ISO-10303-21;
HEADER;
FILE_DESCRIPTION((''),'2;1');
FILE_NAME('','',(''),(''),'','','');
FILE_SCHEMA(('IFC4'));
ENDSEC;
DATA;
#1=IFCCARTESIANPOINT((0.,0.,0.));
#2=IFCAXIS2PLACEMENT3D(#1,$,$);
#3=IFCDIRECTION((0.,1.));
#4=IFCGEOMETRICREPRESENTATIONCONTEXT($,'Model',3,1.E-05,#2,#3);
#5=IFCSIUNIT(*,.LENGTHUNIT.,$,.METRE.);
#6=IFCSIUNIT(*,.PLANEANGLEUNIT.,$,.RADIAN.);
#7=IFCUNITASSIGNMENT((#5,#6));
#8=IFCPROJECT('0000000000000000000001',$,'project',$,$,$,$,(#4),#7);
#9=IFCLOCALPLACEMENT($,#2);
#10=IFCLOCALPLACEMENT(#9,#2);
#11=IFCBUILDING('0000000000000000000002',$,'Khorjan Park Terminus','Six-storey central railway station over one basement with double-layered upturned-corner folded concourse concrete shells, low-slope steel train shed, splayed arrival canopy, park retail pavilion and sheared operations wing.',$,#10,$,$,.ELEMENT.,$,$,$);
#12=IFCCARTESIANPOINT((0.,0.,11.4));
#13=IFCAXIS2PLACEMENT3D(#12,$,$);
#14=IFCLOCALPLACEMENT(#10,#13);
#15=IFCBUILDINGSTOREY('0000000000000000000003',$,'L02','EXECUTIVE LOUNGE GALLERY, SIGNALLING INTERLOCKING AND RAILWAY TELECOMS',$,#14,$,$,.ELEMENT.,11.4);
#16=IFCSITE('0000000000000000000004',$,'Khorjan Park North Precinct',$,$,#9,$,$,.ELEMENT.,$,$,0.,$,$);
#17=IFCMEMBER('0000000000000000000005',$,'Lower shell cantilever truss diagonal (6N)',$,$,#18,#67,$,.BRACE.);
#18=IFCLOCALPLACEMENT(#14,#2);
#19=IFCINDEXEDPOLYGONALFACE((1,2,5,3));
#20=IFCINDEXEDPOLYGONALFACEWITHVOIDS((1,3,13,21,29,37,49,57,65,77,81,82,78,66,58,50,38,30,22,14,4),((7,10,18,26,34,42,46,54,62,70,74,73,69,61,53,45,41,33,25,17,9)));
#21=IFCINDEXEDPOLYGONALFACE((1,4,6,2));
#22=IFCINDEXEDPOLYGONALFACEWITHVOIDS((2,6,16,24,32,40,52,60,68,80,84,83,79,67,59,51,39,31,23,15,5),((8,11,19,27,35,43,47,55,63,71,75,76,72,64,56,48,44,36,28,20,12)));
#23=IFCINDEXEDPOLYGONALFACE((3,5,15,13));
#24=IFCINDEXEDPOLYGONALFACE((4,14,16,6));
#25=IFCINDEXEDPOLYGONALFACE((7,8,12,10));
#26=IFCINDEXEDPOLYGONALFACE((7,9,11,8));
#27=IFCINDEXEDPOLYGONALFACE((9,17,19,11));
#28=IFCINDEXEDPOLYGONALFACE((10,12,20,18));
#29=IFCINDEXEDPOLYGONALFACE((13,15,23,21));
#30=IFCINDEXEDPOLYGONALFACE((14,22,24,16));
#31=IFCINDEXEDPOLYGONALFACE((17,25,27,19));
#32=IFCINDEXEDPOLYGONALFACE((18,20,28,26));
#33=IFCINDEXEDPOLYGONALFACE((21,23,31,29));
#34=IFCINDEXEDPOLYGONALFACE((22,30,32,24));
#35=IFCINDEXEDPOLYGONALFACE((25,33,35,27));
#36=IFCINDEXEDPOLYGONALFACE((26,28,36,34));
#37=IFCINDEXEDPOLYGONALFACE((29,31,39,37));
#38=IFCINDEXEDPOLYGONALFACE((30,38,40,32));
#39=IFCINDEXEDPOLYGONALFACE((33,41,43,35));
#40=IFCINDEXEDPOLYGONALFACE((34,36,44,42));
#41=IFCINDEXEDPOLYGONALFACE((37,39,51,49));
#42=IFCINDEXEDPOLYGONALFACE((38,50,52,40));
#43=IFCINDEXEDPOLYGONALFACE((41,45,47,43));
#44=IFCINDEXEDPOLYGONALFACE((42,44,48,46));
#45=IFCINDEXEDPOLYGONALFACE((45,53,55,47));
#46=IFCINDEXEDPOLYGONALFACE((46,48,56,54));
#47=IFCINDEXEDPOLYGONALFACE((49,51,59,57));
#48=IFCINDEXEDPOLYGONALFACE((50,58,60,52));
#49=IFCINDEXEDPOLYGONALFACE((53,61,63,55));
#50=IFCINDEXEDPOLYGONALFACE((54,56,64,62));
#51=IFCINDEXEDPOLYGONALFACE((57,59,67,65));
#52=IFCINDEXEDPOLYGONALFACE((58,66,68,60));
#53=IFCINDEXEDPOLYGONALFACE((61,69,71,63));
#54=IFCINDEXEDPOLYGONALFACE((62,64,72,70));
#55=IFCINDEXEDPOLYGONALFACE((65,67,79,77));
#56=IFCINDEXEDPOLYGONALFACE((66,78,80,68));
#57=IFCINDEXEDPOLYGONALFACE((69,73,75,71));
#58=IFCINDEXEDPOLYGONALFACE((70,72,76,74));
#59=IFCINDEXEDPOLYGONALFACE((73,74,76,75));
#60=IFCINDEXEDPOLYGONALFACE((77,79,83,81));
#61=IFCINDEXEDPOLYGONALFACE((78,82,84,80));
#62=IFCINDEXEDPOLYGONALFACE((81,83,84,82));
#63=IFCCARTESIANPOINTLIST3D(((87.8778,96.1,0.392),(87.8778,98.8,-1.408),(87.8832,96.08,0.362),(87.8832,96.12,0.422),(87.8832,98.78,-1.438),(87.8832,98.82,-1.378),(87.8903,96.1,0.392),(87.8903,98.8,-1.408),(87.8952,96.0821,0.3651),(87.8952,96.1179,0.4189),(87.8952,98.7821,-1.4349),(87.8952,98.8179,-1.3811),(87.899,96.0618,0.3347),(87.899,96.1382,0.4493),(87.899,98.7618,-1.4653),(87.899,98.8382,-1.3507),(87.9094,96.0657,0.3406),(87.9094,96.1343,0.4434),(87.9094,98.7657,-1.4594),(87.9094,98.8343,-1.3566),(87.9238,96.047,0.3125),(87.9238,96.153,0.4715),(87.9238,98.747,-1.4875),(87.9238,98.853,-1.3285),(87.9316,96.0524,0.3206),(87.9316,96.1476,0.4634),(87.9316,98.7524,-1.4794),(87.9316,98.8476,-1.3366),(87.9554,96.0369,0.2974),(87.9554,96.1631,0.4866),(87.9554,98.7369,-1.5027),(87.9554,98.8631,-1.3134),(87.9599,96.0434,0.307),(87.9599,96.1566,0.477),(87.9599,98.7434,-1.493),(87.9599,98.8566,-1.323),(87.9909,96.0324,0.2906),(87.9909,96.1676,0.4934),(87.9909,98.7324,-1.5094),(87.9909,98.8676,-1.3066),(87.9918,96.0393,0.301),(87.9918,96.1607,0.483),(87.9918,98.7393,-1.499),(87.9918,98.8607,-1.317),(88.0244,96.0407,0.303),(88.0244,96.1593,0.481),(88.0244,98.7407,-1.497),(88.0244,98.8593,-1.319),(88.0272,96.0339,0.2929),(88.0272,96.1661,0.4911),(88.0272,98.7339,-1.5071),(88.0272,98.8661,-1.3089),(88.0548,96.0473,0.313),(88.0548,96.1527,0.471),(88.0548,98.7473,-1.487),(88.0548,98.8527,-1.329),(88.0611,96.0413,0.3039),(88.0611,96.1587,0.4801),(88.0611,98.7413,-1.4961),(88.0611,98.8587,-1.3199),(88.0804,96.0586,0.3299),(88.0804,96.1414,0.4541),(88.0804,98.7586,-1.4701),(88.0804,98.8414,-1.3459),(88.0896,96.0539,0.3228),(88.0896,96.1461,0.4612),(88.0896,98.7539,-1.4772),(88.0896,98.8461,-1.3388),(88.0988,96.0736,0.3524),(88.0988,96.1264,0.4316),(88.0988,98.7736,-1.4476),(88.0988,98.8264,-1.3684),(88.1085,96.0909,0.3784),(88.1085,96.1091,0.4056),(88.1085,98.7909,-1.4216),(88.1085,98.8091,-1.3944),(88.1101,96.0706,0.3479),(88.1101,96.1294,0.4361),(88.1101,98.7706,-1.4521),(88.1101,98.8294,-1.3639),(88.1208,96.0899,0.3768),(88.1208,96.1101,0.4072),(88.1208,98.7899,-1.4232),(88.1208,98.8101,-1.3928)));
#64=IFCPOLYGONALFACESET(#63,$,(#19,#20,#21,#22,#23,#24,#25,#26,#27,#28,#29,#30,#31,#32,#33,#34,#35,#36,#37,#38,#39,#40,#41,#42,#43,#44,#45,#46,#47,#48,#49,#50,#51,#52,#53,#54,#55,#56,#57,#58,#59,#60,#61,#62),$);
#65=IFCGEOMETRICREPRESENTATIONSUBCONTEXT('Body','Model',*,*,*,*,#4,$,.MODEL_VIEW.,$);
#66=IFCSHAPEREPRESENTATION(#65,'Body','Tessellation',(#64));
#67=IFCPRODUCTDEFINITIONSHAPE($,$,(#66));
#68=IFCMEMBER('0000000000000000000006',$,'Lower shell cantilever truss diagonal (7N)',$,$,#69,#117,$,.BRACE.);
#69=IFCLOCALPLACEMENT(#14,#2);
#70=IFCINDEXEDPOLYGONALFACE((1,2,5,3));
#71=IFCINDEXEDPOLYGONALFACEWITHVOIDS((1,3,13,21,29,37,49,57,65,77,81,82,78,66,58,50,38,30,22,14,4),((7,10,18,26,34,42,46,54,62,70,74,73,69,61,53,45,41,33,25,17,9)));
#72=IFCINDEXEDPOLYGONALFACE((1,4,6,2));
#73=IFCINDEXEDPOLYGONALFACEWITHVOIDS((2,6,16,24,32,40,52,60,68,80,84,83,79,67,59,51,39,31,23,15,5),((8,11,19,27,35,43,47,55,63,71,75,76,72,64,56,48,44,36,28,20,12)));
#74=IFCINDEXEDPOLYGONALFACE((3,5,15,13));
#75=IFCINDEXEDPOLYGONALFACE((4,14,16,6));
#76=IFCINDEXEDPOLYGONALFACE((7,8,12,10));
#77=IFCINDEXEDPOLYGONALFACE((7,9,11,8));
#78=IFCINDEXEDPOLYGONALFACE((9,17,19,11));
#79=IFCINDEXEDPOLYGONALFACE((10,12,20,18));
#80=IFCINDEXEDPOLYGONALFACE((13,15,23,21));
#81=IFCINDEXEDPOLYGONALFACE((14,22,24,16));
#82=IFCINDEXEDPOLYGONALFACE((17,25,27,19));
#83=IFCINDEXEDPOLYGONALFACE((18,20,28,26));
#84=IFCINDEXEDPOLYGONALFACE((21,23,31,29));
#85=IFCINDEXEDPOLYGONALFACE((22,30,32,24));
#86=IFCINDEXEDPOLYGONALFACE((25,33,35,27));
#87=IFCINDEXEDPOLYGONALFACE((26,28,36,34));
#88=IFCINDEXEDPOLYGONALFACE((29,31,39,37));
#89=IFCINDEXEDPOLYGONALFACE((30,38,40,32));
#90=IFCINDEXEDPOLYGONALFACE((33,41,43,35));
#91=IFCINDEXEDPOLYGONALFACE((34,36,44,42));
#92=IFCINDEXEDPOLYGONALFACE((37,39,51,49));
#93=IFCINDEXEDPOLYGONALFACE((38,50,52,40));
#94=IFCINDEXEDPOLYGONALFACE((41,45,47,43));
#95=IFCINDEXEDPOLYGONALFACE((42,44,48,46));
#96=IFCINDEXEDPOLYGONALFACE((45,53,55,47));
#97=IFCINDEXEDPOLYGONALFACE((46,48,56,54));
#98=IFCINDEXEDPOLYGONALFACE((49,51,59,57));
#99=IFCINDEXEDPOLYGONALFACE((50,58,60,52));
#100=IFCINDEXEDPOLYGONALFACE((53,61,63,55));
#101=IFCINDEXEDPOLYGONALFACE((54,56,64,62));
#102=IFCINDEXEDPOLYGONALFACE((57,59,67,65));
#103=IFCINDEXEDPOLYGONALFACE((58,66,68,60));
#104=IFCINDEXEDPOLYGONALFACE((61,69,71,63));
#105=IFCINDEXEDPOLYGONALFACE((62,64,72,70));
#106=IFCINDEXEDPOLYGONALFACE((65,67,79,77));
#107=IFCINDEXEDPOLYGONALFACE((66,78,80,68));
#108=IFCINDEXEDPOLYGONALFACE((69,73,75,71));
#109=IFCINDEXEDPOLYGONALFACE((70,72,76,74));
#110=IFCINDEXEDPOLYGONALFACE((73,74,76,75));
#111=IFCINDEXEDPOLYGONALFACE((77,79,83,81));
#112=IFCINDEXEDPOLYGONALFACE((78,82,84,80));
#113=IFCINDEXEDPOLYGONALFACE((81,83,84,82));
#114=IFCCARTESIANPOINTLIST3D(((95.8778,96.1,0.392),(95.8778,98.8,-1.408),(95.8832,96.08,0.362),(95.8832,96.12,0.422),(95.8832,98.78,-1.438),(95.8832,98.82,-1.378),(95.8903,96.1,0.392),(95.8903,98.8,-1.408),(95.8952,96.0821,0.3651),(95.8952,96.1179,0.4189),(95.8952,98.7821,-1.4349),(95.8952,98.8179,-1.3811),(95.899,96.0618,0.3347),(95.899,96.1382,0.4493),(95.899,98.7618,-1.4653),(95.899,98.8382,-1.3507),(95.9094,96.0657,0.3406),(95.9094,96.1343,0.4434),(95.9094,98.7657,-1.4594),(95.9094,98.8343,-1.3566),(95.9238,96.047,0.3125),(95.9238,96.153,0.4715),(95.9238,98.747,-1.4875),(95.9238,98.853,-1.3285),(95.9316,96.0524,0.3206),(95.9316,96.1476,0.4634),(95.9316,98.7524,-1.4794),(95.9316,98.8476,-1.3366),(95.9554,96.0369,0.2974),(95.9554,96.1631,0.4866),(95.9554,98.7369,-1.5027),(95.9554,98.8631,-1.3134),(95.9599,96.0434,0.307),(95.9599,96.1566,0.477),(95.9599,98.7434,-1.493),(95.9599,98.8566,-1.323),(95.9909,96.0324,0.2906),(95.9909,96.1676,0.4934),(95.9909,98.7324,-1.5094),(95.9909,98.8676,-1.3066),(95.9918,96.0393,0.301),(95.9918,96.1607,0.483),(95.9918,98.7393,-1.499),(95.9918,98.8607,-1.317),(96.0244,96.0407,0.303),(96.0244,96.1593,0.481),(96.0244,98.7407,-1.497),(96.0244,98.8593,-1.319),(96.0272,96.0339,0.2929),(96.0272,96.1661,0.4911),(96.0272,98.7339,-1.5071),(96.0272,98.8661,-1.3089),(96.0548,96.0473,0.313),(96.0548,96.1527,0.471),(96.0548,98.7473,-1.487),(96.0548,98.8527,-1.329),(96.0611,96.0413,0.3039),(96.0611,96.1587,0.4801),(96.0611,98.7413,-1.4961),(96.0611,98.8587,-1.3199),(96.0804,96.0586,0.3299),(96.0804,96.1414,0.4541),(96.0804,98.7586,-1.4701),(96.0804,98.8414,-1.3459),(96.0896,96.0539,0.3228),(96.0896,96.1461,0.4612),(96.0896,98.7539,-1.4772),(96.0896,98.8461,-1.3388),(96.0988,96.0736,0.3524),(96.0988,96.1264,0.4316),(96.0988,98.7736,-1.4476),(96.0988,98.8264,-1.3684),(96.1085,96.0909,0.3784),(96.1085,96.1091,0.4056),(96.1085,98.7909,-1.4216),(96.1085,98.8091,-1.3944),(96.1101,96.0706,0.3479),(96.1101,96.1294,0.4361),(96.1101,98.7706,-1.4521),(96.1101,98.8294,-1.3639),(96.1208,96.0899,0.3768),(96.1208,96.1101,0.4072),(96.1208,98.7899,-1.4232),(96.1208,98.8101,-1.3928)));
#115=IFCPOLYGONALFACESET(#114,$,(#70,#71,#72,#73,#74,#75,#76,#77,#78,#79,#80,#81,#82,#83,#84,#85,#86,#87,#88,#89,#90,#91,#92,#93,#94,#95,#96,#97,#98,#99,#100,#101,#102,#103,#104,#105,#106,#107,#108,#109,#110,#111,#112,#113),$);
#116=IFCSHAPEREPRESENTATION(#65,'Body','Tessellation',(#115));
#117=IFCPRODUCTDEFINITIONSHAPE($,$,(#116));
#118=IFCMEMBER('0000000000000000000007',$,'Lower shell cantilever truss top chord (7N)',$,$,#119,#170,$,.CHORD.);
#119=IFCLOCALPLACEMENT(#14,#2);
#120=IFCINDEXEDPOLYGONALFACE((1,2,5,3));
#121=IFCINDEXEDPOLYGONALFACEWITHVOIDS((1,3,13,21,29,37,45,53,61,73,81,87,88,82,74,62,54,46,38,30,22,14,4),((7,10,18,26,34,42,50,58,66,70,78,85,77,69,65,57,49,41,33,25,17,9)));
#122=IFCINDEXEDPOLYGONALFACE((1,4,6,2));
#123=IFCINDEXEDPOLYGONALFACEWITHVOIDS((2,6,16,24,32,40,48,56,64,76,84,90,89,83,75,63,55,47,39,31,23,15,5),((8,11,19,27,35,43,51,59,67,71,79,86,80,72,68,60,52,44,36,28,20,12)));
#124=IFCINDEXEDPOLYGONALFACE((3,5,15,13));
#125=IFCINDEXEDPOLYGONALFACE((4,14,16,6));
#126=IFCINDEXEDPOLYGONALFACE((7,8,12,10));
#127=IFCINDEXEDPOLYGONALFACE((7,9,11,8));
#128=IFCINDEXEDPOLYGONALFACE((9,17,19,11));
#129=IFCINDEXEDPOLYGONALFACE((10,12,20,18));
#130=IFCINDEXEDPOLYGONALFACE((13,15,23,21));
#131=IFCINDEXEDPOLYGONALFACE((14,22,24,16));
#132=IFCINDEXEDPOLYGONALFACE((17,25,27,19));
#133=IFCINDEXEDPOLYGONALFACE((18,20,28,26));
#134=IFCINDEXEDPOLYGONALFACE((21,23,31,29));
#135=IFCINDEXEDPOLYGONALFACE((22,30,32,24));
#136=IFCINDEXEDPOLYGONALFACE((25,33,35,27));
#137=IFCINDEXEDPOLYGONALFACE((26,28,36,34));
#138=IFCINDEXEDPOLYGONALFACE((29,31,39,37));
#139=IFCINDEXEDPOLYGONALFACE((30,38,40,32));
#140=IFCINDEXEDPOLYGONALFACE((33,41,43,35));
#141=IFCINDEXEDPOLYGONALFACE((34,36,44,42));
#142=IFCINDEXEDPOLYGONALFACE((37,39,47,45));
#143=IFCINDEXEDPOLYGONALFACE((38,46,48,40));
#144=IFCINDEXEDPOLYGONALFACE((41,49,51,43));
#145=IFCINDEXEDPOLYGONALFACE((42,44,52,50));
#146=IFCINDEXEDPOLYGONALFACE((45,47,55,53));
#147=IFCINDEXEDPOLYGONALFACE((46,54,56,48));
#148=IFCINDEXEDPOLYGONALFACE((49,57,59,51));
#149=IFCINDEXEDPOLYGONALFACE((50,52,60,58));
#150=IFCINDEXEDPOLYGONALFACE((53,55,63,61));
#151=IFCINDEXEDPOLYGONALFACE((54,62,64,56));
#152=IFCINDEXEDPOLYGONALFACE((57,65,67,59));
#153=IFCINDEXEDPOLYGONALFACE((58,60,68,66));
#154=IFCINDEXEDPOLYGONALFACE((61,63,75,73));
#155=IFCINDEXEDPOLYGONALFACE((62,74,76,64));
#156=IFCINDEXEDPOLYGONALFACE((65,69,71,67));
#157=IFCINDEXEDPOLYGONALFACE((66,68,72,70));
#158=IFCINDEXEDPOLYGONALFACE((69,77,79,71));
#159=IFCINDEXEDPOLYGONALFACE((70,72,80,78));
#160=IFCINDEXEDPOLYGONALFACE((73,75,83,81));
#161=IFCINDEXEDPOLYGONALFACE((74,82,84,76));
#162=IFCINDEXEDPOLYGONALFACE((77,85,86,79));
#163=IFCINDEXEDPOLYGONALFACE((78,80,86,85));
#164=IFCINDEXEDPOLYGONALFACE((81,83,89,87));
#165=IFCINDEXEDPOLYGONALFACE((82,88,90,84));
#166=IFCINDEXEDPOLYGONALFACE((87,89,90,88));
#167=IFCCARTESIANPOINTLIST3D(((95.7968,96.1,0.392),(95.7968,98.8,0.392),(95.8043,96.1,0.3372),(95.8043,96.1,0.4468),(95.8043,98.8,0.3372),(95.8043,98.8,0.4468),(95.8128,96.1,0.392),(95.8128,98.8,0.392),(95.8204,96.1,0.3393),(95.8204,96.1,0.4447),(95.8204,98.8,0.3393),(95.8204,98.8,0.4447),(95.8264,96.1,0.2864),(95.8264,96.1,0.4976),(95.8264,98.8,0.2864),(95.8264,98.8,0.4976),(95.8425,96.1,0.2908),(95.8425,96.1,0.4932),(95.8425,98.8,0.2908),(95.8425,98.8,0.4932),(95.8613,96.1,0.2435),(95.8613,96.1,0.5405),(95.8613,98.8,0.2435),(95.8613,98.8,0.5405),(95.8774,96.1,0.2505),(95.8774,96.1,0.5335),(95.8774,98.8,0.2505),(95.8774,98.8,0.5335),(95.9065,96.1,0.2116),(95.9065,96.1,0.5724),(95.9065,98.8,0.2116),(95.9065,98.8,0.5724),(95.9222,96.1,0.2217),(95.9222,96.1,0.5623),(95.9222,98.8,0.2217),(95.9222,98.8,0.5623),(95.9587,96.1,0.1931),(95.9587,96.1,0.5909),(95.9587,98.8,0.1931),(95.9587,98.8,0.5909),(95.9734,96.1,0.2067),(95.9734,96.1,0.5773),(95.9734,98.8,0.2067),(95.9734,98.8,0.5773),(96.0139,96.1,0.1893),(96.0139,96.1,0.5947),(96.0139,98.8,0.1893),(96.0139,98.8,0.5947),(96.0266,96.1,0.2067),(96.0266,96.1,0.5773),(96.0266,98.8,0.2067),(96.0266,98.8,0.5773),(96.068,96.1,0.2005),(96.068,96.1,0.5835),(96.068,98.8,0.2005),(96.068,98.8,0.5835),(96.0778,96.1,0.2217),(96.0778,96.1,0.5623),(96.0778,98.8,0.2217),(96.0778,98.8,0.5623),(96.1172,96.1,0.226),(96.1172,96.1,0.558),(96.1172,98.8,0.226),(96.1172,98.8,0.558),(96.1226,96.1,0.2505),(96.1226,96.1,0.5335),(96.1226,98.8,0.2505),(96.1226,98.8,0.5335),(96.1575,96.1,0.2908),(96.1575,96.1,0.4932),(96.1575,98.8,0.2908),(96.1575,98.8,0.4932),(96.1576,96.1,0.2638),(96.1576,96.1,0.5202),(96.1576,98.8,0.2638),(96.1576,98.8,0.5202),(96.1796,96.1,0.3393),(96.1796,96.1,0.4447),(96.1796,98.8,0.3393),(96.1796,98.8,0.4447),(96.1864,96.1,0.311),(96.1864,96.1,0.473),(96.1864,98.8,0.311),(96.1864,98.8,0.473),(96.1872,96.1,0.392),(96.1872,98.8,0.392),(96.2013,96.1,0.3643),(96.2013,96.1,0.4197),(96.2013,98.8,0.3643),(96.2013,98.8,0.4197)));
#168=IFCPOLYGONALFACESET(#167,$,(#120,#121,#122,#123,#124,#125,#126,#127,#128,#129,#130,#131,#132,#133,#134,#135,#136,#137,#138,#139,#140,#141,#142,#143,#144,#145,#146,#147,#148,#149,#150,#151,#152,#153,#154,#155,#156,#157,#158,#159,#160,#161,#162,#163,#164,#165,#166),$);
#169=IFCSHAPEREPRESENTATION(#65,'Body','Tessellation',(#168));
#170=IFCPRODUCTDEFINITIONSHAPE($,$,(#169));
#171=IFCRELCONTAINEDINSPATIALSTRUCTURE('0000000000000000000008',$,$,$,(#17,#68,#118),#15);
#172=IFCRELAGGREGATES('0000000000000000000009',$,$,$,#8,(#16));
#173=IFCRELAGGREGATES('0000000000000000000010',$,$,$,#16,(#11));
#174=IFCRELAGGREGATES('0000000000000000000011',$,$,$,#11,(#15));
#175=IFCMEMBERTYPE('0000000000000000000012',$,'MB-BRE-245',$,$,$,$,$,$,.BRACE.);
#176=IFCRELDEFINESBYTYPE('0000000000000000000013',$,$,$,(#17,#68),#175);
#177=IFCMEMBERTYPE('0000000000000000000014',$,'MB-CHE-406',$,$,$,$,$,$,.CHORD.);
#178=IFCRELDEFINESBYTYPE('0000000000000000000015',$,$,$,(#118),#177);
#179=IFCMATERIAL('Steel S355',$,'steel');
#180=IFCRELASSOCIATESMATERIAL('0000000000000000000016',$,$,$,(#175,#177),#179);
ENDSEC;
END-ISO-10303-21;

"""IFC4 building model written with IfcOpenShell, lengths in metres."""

from ifc_helpers import new_model, si_unit, direction, frame, origin, origin_2d, place, context, subcontext, project, spatial, hollow_circle, extrude, material, material_profile, profile_set, type_object, element, save


model = new_model("IFC4")

# Units and contexts
model_context = context("Model", 3, precision=1e-05, world=origin(), true_north=direction((0.0, 1.0)))
body_context = subcontext(model_context, "Body", "Model", "MODEL_VIEW")
ifc_project = project(units=[si_unit("LENGTHUNIT", "METRE"), si_unit("PLANEANGLEUNIT", "RADIAN")], contexts=[model_context])

# Site, building, storey
site_placement = place(None, origin())
site = spatial("IfcSite", under=ifc_project, at=site_placement, Name="Khorjan Park North Precinct", CompositionType="ELEMENT", RefElevation=0.0)
building_placement = place(site_placement, origin())
building = spatial("IfcBuilding", under=site, at=building_placement, Name="Khorjan Park Terminus", Description="Six-storey central railway station over one basement with double-layered upturned-corner folded concourse concrete shells, low-slope steel train shed, splayed arrival canopy, park retail pavilion and sheared operations wing.", CompositionType="ELEMENT")
storey_placement = place(building_placement, frame((0.0, 0.0, 11.4)))
storey = spatial("IfcBuildingStorey", under=building, at=storey_placement, Name="L02", Description="EXECUTIVE LOUNGE GALLERY, SIGNALLING INTERLOCKING AND RAILWAY TELECOMS", CompositionType="ELEMENT", Elevation=11.4)

# Shared definitions
ifc_material = material(Name="Steel S355", Category="steel")

# Members
ifc_material_profile_1 = material_profile(ifc_material, hollow_circle(Radius=0.1222, WallThickness=0.0125, at=origin_2d()), Name="CHS 244.5x12.5")
ifc_profile_set_1 = profile_set([ifc_material_profile_1], Name="Steel S355")
member_type_1 = type_object("IfcMemberType", Name="MB-BRE-245", PredefinedType="BRACE", material=ifc_profile_set_1)
for number, where, z_axis, x_axis, name in (
    (1, (88.0, 96.1, 0.392), (0.0, 0.83205, -0.5547), (-1.0, 0.0, 0.0), "Lower shell cantilever truss diagonal (6N)"),
    (2, (96.0, 96.1, 0.392), (0.0, 0.83205, -0.5547), (-1.0, 0.0, 0.0), "Lower shell cantilever truss diagonal (7N)"),
):
    element("IfcMember", number, at=place(storey_placement, frame(where, z_axis=z_axis, x_axis=x_axis)), inside=storey, type_object=member_type_1, Name=name, PredefinedType="BRACE", context=body_context, shape_type="SweptSolid", body=[
        extrude(hollow_circle(Radius=0.1222, WallThickness=0.0125, at=origin_2d()), origin(), (0.0, 0.0, 1.0), 3.245),
    ])
ifc_material_profile_2 = material_profile(ifc_material, hollow_circle(Radius=0.2032, WallThickness=0.016, at=origin_2d()), Name="CHS 406.4x16")
ifc_profile_set_2 = profile_set([ifc_material_profile_2], Name="Steel S355")
member_type_2 = type_object("IfcMemberType", Name="MB-CHE-406", PredefinedType="CHORD", material=ifc_profile_set_2)
for number, where, z_axis, x_axis, name in (
    (3, (96.0, 96.1, 0.392), (0.0, 1.0, 0.0), (-1.0, 0.0, 0.0), "Lower shell cantilever truss top chord (7N)"),
):
    element("IfcMember", number, at=place(storey_placement, frame(where, z_axis=z_axis, x_axis=x_axis)), inside=storey, type_object=member_type_2, Name=name, PredefinedType="CHORD", context=body_context, shape_type="SweptSolid", body=[
        extrude(hollow_circle(Radius=0.2032, WallThickness=0.016, at=origin_2d()), origin(), (0.0, 0.0, 1.0), 2.7),
    ])

save(model, "model.ifc")
